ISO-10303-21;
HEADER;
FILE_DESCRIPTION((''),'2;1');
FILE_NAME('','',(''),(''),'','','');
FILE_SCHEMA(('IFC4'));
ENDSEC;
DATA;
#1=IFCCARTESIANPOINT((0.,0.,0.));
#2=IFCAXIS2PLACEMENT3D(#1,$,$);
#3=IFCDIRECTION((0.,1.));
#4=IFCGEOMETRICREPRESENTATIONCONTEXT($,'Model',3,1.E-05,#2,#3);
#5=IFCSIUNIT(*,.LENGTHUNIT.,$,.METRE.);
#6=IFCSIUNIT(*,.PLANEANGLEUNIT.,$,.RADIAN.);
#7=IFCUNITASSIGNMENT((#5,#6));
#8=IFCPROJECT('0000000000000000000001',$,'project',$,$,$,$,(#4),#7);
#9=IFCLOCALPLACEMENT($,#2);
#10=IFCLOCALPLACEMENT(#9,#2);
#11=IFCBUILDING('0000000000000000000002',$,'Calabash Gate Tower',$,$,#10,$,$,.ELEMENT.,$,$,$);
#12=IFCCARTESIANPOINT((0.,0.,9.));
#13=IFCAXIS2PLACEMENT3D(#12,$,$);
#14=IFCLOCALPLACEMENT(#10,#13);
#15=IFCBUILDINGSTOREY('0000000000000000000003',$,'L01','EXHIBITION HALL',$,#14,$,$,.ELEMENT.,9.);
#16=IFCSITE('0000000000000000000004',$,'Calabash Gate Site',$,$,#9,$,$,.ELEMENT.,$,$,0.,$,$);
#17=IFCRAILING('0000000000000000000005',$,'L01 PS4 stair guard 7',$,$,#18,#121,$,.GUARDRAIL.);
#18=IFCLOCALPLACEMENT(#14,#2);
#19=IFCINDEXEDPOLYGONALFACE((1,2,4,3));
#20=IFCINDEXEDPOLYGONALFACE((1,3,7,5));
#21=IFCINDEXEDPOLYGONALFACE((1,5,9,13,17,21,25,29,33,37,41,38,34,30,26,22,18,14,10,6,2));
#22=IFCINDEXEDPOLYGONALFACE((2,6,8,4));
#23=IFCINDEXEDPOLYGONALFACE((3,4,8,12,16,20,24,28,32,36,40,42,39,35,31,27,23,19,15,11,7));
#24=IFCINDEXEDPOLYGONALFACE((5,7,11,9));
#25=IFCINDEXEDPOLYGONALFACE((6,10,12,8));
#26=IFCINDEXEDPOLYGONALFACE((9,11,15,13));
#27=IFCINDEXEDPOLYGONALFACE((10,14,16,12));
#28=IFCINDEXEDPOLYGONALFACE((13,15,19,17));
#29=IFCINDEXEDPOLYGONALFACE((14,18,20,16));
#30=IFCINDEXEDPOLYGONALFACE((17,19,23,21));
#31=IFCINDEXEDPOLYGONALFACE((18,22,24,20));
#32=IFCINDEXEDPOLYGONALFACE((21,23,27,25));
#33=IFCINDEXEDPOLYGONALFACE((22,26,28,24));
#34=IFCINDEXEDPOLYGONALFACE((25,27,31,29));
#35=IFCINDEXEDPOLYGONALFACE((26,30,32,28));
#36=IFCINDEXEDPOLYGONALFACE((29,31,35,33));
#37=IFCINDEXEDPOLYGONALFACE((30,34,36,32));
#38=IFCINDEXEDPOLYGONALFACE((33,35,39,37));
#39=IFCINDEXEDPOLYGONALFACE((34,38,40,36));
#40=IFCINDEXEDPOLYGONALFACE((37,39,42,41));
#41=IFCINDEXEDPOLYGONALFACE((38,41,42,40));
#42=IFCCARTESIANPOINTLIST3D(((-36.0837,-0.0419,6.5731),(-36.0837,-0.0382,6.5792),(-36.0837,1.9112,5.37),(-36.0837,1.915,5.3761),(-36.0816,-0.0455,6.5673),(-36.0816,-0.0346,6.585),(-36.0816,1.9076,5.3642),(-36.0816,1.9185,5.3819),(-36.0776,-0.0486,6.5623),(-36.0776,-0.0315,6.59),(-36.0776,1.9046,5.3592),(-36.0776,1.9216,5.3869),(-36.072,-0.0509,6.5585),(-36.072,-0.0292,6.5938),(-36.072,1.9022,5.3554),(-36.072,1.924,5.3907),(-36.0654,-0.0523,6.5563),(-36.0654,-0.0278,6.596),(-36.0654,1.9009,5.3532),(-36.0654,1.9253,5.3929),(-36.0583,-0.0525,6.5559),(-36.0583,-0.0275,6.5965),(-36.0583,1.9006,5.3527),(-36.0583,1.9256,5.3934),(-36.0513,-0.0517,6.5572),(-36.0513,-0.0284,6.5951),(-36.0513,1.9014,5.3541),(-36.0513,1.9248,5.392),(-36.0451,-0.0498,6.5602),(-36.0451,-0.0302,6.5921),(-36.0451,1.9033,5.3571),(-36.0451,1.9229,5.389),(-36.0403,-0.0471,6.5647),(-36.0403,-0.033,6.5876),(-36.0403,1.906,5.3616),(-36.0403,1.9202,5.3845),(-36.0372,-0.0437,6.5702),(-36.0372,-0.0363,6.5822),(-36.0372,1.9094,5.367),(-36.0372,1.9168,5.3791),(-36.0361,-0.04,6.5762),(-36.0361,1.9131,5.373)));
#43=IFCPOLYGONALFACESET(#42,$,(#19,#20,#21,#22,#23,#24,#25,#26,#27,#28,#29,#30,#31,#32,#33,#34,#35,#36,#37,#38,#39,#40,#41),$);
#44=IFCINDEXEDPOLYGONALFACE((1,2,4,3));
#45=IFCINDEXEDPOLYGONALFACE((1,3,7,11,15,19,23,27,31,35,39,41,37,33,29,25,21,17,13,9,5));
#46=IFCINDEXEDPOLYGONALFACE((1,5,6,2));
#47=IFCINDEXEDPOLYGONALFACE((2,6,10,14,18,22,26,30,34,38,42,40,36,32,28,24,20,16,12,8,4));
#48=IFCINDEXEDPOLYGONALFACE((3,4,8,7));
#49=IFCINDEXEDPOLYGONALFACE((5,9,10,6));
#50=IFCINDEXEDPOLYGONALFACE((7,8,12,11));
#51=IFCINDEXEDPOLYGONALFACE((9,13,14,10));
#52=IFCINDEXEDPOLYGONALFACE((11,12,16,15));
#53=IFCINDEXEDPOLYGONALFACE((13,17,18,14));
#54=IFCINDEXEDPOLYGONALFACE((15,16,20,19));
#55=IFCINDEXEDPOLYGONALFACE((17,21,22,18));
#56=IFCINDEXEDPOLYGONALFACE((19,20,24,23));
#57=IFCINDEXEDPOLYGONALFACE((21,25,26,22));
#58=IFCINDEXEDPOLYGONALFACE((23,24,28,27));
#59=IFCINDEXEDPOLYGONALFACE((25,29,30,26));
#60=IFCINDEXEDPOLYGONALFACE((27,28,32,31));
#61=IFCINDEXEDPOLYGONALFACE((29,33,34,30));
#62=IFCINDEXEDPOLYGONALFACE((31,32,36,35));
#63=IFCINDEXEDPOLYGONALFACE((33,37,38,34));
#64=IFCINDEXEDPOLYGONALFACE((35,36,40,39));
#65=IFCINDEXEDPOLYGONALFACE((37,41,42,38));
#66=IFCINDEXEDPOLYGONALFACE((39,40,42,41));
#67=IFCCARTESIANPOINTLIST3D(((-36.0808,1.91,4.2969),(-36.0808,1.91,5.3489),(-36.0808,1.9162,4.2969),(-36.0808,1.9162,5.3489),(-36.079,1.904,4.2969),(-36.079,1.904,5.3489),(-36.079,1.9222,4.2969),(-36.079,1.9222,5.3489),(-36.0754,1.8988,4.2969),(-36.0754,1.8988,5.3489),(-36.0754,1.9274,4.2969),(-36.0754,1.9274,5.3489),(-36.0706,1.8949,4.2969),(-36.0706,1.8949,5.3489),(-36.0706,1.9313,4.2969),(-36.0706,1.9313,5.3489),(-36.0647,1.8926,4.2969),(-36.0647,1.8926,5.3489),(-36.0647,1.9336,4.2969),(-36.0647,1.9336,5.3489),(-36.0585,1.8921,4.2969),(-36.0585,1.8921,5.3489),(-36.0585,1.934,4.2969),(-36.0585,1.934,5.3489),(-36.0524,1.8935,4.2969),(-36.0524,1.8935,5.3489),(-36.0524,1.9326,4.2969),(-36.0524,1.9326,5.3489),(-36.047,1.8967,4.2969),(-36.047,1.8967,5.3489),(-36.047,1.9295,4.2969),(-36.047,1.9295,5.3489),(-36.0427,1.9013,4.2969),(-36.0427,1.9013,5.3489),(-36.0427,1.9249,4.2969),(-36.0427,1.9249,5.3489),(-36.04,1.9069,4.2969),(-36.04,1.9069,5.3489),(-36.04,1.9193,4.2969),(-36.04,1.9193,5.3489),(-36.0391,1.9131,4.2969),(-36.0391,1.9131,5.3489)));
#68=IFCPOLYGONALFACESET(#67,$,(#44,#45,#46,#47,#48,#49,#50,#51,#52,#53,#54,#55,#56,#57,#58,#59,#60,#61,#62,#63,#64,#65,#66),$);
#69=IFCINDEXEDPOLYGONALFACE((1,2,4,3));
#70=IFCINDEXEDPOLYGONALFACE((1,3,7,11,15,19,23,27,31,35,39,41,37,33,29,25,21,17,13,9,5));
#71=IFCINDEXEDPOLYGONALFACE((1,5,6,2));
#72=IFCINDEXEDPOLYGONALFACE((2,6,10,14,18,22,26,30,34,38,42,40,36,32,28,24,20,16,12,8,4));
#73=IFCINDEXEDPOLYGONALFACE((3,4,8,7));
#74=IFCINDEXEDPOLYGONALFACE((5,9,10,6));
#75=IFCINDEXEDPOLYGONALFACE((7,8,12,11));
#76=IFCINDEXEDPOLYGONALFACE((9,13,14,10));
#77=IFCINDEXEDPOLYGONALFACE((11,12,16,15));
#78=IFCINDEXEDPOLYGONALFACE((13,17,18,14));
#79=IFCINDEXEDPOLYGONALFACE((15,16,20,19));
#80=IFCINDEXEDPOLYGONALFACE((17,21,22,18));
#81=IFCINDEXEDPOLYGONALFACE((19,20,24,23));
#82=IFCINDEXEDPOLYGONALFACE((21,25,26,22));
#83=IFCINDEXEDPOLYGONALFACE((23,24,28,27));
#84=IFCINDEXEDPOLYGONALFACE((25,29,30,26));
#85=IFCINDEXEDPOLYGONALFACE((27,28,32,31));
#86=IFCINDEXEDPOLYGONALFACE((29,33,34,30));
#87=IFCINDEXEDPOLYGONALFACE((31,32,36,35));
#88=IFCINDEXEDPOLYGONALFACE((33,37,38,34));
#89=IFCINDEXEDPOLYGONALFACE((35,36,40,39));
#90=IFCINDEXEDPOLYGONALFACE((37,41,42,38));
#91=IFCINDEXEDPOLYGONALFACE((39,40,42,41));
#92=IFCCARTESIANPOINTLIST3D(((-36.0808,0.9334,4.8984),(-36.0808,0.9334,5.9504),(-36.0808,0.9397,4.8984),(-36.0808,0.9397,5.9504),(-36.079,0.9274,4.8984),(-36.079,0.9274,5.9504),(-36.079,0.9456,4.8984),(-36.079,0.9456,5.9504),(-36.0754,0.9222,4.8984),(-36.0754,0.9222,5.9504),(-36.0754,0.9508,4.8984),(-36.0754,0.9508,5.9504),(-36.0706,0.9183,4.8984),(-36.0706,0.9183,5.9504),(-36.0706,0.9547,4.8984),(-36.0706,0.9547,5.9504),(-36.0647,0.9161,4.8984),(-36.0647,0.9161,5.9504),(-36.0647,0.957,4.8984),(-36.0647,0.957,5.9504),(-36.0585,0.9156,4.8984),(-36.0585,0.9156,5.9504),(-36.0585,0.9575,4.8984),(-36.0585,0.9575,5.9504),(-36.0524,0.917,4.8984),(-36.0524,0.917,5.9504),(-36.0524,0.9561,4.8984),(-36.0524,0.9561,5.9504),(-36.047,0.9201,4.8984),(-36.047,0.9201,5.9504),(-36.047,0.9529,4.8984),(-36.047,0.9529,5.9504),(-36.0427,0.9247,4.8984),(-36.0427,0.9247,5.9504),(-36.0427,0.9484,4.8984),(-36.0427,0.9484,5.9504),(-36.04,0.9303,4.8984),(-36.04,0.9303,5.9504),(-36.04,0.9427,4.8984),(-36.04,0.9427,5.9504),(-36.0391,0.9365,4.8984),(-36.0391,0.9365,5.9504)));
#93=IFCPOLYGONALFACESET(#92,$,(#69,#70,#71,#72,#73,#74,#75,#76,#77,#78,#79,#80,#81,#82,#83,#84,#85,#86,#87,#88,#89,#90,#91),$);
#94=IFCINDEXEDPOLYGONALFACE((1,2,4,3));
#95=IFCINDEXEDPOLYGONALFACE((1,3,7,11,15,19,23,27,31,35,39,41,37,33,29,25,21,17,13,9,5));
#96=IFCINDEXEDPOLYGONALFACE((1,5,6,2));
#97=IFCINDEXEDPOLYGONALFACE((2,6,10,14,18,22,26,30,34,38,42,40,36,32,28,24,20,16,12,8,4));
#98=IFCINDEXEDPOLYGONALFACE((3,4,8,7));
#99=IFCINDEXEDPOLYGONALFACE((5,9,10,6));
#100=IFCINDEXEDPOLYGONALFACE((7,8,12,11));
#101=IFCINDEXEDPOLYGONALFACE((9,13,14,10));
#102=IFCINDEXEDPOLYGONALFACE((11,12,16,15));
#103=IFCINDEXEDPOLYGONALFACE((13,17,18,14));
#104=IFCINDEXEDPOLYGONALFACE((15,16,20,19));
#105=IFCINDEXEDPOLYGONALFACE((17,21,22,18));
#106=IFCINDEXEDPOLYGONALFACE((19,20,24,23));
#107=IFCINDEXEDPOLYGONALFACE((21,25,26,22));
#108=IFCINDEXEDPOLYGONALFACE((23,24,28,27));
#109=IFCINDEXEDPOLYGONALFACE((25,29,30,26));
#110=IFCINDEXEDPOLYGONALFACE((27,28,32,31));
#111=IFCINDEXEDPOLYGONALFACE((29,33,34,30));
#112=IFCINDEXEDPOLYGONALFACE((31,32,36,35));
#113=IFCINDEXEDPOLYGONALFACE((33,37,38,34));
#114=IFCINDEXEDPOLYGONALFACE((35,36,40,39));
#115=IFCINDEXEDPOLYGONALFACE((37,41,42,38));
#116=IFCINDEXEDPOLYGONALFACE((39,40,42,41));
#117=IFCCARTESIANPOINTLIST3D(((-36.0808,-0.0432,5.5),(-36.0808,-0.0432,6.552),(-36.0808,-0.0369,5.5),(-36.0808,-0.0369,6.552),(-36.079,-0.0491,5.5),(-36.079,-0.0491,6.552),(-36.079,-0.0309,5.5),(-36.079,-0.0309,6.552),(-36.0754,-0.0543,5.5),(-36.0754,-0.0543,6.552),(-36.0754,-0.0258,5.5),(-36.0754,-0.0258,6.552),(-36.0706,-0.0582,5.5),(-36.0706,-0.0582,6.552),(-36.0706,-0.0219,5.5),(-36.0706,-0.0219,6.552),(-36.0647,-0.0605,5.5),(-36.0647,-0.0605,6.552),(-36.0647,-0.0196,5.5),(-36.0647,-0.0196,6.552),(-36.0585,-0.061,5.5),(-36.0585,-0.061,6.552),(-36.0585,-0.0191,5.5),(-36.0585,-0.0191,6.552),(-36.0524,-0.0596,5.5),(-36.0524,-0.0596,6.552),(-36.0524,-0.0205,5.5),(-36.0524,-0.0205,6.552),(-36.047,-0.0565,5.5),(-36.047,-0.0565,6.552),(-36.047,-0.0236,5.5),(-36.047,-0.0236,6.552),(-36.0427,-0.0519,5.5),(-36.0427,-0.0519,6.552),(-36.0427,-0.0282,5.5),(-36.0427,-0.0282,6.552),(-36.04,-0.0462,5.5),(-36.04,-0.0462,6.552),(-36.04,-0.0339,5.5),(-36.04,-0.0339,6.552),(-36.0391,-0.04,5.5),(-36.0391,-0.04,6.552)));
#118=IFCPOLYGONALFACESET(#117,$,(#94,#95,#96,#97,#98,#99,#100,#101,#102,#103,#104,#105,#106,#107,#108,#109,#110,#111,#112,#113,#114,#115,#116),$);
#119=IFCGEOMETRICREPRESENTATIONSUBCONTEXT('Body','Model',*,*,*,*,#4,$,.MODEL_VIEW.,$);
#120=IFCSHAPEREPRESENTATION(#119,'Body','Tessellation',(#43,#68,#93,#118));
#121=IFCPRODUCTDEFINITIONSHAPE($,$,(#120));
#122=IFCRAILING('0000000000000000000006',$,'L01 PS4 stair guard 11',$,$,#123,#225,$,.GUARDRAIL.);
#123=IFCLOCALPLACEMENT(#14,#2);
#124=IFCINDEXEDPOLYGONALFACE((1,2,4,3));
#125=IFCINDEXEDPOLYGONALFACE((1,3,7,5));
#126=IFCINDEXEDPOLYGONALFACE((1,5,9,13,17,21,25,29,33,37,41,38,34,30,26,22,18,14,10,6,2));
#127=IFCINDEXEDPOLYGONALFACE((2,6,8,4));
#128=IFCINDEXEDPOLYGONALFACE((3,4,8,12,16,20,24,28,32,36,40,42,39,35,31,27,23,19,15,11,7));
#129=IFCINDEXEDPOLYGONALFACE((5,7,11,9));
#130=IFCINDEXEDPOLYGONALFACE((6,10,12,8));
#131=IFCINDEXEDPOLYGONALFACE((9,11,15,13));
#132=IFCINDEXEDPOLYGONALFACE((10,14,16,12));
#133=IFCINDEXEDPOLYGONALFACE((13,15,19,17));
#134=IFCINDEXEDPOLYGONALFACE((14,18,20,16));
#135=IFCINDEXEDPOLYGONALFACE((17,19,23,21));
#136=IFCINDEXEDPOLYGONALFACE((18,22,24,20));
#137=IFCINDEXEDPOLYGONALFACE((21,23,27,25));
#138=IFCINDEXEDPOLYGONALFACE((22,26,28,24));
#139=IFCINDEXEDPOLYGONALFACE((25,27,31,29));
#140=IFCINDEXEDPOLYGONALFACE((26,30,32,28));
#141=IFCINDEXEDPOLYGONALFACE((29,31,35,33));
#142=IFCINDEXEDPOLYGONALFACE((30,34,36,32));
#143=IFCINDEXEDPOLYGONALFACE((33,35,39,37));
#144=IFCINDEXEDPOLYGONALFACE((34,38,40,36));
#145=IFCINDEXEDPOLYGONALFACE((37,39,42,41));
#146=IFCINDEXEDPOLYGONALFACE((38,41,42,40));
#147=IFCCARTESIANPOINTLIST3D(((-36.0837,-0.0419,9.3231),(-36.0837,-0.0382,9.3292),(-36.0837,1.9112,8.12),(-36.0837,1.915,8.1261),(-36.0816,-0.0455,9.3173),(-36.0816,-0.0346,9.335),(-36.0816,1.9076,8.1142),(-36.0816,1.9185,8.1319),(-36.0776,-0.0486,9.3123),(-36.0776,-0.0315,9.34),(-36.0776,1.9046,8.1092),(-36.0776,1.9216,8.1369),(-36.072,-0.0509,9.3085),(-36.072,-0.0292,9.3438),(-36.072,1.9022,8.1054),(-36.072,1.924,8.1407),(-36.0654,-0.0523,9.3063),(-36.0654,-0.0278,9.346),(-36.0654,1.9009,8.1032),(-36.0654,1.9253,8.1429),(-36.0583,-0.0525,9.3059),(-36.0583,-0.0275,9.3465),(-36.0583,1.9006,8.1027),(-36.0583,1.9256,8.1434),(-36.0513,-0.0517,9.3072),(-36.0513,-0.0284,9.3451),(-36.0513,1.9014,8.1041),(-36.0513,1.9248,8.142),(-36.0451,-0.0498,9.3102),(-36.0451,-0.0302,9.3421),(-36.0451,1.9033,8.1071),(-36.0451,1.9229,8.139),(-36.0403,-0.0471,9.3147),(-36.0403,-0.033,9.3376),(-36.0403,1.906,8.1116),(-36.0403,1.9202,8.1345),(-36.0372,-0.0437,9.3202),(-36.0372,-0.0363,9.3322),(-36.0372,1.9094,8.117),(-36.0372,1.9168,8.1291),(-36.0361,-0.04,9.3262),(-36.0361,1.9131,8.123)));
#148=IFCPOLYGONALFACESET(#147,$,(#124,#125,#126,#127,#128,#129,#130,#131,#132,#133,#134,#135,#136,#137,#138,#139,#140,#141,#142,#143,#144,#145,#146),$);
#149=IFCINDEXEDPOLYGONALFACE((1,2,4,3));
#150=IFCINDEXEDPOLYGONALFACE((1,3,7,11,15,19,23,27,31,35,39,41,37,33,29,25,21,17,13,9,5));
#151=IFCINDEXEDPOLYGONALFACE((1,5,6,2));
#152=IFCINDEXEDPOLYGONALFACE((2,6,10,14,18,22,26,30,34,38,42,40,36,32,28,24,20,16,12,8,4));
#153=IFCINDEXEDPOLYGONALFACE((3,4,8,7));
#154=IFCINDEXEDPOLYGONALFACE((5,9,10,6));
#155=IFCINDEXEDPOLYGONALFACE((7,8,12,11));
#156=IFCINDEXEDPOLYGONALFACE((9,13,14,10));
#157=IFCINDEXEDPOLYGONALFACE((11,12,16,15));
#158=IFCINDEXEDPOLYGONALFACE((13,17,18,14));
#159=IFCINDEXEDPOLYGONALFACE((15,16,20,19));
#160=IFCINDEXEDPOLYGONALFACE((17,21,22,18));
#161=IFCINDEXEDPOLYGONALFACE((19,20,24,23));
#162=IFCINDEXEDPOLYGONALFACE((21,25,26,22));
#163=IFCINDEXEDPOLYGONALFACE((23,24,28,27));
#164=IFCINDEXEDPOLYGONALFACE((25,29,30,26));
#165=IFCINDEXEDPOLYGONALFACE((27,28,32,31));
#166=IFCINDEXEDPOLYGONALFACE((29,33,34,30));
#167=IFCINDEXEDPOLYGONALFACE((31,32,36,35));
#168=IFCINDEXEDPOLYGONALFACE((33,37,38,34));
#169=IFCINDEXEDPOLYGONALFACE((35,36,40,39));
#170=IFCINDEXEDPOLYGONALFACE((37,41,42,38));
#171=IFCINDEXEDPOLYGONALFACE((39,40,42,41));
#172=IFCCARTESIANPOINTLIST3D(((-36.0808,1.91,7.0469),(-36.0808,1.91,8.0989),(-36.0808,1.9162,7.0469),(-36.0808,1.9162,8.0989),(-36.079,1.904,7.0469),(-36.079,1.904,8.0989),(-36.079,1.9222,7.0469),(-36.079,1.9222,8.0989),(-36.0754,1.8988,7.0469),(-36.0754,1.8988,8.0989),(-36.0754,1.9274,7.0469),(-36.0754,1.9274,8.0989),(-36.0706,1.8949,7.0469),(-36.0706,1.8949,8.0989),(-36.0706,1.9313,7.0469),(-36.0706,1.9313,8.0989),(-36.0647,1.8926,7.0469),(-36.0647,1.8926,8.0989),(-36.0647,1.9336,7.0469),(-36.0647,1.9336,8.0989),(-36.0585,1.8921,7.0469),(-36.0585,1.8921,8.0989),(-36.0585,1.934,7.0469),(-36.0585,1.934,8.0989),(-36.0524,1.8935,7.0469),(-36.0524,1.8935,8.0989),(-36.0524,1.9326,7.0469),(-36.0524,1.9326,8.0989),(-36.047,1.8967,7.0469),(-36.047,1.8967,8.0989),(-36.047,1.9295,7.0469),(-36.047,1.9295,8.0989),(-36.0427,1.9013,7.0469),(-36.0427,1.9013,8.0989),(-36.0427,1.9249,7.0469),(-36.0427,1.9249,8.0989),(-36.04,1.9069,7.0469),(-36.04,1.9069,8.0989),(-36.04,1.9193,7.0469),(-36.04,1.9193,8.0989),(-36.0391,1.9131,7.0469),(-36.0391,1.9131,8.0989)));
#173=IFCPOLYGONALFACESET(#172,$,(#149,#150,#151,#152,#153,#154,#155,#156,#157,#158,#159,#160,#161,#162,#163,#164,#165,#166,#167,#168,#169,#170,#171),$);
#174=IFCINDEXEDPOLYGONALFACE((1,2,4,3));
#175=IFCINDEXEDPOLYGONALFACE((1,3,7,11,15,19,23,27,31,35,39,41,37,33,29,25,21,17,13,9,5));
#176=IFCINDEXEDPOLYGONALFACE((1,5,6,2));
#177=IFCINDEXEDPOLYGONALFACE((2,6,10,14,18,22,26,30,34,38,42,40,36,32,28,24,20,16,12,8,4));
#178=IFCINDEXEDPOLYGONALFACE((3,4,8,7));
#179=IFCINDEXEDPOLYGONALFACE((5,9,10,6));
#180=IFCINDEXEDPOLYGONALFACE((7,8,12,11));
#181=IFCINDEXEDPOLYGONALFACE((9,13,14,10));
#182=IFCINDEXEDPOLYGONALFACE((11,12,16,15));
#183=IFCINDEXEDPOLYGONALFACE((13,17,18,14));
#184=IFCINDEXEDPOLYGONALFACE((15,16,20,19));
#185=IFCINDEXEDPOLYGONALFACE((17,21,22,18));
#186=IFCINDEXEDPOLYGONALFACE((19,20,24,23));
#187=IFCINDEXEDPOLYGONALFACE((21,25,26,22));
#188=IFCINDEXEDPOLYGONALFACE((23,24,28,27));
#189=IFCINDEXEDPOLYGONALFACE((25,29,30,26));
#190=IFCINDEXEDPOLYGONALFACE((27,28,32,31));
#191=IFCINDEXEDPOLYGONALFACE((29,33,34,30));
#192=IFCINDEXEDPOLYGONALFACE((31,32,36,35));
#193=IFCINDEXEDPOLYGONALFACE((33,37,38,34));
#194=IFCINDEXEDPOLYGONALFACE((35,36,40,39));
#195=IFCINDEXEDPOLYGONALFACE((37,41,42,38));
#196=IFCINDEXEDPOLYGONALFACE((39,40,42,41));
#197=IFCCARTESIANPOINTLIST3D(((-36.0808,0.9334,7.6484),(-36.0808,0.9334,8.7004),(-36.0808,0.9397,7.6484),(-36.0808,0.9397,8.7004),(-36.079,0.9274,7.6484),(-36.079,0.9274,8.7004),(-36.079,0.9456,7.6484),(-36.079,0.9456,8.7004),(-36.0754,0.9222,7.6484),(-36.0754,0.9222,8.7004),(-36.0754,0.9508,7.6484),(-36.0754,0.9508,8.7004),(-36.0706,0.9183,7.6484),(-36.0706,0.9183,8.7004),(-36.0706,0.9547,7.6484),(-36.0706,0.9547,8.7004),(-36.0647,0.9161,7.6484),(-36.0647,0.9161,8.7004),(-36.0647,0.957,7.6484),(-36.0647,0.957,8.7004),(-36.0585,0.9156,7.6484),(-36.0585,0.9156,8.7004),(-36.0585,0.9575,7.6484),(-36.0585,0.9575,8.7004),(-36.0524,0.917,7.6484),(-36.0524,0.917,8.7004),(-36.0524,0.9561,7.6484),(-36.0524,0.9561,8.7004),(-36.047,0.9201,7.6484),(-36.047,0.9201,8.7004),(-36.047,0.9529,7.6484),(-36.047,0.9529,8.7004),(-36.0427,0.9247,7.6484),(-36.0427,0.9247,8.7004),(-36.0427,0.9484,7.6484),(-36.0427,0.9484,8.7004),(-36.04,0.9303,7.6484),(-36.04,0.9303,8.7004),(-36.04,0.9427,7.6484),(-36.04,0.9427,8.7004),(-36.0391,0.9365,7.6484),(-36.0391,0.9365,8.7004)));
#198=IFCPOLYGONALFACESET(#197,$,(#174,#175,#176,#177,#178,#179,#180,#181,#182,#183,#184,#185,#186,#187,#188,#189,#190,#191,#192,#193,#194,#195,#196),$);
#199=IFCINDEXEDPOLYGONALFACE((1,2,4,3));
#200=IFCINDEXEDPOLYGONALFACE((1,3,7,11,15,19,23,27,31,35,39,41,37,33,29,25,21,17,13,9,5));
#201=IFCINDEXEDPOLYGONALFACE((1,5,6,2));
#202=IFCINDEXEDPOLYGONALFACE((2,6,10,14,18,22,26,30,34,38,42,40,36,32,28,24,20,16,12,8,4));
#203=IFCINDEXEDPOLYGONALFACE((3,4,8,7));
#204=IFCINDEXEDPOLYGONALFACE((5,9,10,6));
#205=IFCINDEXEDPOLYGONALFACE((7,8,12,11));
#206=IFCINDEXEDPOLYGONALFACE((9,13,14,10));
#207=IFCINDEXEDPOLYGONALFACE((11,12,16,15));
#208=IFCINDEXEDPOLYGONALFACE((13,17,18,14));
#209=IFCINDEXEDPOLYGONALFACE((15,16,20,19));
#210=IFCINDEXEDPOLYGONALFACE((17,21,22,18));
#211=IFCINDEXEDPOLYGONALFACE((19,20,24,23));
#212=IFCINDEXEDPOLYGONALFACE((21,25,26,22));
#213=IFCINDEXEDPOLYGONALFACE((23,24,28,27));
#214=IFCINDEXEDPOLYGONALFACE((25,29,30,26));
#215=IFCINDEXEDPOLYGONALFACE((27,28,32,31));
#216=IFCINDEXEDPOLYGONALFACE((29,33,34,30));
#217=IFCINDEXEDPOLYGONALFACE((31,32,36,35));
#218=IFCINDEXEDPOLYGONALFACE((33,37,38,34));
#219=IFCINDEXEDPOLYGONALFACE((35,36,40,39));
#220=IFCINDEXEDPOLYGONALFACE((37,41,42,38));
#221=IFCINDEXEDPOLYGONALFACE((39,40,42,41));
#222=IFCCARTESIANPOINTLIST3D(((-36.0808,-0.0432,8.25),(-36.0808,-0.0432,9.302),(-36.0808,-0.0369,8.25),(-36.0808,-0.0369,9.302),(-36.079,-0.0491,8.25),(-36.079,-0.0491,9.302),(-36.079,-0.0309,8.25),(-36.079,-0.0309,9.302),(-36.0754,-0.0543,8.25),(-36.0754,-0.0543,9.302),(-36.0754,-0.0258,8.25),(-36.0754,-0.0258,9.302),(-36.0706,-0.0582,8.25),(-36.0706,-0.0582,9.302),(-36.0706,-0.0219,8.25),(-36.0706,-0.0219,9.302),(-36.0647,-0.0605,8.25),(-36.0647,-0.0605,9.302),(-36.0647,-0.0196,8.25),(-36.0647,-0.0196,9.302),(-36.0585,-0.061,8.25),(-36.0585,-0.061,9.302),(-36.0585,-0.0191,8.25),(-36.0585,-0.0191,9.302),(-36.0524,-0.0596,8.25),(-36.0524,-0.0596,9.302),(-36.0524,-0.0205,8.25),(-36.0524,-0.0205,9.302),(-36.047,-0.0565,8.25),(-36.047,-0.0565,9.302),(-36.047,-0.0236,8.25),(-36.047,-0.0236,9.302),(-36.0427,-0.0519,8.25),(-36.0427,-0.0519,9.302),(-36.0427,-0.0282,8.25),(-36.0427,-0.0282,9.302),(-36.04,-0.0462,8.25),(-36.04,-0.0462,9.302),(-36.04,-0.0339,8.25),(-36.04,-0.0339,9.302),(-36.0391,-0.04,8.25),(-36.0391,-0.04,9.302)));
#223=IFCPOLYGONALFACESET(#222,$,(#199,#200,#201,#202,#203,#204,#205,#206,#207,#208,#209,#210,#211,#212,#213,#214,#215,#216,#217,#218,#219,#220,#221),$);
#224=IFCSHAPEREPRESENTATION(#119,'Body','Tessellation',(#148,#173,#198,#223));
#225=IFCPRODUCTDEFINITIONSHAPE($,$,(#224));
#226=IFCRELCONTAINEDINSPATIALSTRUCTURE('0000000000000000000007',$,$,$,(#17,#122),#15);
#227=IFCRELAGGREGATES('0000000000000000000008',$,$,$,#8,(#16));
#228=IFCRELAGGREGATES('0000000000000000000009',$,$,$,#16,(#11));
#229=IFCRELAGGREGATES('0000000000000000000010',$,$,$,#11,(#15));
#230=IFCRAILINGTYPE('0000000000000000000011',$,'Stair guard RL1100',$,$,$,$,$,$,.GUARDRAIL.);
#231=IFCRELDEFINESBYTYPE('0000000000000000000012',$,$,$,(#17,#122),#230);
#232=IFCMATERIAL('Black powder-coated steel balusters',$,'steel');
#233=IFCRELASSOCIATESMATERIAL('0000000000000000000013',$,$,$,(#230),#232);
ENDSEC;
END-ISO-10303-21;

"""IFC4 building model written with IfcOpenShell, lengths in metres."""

from ifc_helpers import new_model, si_unit, direction, frame, origin, origin_2d, place, context, subcontext, project, spatial, circle, extrude, material, type_object, element, save


model = new_model("IFC4")

# Units and contexts
model_context = context("Model", 3, precision=1e-05, world=origin(), true_north=direction((0.0, 1.0)))
body_context = subcontext(model_context, "Body", "Model", "MODEL_VIEW")
ifc_project = project(units=[si_unit("LENGTHUNIT", "METRE"), si_unit("PLANEANGLEUNIT", "RADIAN")], contexts=[model_context])

# Site, building, storey
site_placement = place(None, origin())
site = spatial("IfcSite", under=ifc_project, at=site_placement, Name="Calabash Gate Site", CompositionType="ELEMENT", RefElevation=0.0)
building_placement = place(site_placement, origin())
building = spatial("IfcBuilding", under=site, at=building_placement, Name="Calabash Gate Tower", CompositionType="ELEMENT")
storey_placement = place(building_placement, frame((0.0, 0.0, 9.0)))
storey = spatial("IfcBuildingStorey", under=building, at=storey_placement, Name="L01", Description="EXHIBITION HALL", CompositionType="ELEMENT", Elevation=9.0)

# Railings
ifc_material_1 = material(Name="Black powder-coated steel balusters", Category="steel")
railing_type_1 = type_object("IfcRailingType", Name="Stair guard RL1100", PredefinedType="GUARDRAIL", material=ifc_material_1)
for number, where, name in (
    (1, (-36.0601, 1.9131, 4.2969), "L01 PS4 stair guard 7"),
    (2, (-36.0601, 1.9131, 7.0469), "L01 PS4 stair guard 11"),
):
    element("IfcRailing", number, at=place(storey_placement, frame(where)), inside=storey, type_object=railing_type_1, Name=name, PredefinedType="GUARDRAIL", context=body_context, shape_type="SweptSolid", body=[
        extrude(circle(Radius=0.0239, at=origin_2d()), frame((0.0, 0.0, 1.0762), z_axis=(0.0, -0.851424, 0.524477), x_axis=(1.0, 0.0, 0.0)), (0.0, 0.0, 1.0), 2.2939),
        extrude(circle(Radius=0.021, at=origin_2d()), origin(), (0.0, 0.0, 1.0), 1.052),
        extrude(circle(Radius=0.021, at=origin_2d()), frame((0.0, -0.9766, 0.6016)), (0.0, 0.0, 1.0), 1.052),
        extrude(circle(Radius=0.021, at=origin_2d()), frame((0.0, -1.9531, 1.2031)), (0.0, 0.0, 1.0), 1.052),
    ])

save(model, "model.ifc")
